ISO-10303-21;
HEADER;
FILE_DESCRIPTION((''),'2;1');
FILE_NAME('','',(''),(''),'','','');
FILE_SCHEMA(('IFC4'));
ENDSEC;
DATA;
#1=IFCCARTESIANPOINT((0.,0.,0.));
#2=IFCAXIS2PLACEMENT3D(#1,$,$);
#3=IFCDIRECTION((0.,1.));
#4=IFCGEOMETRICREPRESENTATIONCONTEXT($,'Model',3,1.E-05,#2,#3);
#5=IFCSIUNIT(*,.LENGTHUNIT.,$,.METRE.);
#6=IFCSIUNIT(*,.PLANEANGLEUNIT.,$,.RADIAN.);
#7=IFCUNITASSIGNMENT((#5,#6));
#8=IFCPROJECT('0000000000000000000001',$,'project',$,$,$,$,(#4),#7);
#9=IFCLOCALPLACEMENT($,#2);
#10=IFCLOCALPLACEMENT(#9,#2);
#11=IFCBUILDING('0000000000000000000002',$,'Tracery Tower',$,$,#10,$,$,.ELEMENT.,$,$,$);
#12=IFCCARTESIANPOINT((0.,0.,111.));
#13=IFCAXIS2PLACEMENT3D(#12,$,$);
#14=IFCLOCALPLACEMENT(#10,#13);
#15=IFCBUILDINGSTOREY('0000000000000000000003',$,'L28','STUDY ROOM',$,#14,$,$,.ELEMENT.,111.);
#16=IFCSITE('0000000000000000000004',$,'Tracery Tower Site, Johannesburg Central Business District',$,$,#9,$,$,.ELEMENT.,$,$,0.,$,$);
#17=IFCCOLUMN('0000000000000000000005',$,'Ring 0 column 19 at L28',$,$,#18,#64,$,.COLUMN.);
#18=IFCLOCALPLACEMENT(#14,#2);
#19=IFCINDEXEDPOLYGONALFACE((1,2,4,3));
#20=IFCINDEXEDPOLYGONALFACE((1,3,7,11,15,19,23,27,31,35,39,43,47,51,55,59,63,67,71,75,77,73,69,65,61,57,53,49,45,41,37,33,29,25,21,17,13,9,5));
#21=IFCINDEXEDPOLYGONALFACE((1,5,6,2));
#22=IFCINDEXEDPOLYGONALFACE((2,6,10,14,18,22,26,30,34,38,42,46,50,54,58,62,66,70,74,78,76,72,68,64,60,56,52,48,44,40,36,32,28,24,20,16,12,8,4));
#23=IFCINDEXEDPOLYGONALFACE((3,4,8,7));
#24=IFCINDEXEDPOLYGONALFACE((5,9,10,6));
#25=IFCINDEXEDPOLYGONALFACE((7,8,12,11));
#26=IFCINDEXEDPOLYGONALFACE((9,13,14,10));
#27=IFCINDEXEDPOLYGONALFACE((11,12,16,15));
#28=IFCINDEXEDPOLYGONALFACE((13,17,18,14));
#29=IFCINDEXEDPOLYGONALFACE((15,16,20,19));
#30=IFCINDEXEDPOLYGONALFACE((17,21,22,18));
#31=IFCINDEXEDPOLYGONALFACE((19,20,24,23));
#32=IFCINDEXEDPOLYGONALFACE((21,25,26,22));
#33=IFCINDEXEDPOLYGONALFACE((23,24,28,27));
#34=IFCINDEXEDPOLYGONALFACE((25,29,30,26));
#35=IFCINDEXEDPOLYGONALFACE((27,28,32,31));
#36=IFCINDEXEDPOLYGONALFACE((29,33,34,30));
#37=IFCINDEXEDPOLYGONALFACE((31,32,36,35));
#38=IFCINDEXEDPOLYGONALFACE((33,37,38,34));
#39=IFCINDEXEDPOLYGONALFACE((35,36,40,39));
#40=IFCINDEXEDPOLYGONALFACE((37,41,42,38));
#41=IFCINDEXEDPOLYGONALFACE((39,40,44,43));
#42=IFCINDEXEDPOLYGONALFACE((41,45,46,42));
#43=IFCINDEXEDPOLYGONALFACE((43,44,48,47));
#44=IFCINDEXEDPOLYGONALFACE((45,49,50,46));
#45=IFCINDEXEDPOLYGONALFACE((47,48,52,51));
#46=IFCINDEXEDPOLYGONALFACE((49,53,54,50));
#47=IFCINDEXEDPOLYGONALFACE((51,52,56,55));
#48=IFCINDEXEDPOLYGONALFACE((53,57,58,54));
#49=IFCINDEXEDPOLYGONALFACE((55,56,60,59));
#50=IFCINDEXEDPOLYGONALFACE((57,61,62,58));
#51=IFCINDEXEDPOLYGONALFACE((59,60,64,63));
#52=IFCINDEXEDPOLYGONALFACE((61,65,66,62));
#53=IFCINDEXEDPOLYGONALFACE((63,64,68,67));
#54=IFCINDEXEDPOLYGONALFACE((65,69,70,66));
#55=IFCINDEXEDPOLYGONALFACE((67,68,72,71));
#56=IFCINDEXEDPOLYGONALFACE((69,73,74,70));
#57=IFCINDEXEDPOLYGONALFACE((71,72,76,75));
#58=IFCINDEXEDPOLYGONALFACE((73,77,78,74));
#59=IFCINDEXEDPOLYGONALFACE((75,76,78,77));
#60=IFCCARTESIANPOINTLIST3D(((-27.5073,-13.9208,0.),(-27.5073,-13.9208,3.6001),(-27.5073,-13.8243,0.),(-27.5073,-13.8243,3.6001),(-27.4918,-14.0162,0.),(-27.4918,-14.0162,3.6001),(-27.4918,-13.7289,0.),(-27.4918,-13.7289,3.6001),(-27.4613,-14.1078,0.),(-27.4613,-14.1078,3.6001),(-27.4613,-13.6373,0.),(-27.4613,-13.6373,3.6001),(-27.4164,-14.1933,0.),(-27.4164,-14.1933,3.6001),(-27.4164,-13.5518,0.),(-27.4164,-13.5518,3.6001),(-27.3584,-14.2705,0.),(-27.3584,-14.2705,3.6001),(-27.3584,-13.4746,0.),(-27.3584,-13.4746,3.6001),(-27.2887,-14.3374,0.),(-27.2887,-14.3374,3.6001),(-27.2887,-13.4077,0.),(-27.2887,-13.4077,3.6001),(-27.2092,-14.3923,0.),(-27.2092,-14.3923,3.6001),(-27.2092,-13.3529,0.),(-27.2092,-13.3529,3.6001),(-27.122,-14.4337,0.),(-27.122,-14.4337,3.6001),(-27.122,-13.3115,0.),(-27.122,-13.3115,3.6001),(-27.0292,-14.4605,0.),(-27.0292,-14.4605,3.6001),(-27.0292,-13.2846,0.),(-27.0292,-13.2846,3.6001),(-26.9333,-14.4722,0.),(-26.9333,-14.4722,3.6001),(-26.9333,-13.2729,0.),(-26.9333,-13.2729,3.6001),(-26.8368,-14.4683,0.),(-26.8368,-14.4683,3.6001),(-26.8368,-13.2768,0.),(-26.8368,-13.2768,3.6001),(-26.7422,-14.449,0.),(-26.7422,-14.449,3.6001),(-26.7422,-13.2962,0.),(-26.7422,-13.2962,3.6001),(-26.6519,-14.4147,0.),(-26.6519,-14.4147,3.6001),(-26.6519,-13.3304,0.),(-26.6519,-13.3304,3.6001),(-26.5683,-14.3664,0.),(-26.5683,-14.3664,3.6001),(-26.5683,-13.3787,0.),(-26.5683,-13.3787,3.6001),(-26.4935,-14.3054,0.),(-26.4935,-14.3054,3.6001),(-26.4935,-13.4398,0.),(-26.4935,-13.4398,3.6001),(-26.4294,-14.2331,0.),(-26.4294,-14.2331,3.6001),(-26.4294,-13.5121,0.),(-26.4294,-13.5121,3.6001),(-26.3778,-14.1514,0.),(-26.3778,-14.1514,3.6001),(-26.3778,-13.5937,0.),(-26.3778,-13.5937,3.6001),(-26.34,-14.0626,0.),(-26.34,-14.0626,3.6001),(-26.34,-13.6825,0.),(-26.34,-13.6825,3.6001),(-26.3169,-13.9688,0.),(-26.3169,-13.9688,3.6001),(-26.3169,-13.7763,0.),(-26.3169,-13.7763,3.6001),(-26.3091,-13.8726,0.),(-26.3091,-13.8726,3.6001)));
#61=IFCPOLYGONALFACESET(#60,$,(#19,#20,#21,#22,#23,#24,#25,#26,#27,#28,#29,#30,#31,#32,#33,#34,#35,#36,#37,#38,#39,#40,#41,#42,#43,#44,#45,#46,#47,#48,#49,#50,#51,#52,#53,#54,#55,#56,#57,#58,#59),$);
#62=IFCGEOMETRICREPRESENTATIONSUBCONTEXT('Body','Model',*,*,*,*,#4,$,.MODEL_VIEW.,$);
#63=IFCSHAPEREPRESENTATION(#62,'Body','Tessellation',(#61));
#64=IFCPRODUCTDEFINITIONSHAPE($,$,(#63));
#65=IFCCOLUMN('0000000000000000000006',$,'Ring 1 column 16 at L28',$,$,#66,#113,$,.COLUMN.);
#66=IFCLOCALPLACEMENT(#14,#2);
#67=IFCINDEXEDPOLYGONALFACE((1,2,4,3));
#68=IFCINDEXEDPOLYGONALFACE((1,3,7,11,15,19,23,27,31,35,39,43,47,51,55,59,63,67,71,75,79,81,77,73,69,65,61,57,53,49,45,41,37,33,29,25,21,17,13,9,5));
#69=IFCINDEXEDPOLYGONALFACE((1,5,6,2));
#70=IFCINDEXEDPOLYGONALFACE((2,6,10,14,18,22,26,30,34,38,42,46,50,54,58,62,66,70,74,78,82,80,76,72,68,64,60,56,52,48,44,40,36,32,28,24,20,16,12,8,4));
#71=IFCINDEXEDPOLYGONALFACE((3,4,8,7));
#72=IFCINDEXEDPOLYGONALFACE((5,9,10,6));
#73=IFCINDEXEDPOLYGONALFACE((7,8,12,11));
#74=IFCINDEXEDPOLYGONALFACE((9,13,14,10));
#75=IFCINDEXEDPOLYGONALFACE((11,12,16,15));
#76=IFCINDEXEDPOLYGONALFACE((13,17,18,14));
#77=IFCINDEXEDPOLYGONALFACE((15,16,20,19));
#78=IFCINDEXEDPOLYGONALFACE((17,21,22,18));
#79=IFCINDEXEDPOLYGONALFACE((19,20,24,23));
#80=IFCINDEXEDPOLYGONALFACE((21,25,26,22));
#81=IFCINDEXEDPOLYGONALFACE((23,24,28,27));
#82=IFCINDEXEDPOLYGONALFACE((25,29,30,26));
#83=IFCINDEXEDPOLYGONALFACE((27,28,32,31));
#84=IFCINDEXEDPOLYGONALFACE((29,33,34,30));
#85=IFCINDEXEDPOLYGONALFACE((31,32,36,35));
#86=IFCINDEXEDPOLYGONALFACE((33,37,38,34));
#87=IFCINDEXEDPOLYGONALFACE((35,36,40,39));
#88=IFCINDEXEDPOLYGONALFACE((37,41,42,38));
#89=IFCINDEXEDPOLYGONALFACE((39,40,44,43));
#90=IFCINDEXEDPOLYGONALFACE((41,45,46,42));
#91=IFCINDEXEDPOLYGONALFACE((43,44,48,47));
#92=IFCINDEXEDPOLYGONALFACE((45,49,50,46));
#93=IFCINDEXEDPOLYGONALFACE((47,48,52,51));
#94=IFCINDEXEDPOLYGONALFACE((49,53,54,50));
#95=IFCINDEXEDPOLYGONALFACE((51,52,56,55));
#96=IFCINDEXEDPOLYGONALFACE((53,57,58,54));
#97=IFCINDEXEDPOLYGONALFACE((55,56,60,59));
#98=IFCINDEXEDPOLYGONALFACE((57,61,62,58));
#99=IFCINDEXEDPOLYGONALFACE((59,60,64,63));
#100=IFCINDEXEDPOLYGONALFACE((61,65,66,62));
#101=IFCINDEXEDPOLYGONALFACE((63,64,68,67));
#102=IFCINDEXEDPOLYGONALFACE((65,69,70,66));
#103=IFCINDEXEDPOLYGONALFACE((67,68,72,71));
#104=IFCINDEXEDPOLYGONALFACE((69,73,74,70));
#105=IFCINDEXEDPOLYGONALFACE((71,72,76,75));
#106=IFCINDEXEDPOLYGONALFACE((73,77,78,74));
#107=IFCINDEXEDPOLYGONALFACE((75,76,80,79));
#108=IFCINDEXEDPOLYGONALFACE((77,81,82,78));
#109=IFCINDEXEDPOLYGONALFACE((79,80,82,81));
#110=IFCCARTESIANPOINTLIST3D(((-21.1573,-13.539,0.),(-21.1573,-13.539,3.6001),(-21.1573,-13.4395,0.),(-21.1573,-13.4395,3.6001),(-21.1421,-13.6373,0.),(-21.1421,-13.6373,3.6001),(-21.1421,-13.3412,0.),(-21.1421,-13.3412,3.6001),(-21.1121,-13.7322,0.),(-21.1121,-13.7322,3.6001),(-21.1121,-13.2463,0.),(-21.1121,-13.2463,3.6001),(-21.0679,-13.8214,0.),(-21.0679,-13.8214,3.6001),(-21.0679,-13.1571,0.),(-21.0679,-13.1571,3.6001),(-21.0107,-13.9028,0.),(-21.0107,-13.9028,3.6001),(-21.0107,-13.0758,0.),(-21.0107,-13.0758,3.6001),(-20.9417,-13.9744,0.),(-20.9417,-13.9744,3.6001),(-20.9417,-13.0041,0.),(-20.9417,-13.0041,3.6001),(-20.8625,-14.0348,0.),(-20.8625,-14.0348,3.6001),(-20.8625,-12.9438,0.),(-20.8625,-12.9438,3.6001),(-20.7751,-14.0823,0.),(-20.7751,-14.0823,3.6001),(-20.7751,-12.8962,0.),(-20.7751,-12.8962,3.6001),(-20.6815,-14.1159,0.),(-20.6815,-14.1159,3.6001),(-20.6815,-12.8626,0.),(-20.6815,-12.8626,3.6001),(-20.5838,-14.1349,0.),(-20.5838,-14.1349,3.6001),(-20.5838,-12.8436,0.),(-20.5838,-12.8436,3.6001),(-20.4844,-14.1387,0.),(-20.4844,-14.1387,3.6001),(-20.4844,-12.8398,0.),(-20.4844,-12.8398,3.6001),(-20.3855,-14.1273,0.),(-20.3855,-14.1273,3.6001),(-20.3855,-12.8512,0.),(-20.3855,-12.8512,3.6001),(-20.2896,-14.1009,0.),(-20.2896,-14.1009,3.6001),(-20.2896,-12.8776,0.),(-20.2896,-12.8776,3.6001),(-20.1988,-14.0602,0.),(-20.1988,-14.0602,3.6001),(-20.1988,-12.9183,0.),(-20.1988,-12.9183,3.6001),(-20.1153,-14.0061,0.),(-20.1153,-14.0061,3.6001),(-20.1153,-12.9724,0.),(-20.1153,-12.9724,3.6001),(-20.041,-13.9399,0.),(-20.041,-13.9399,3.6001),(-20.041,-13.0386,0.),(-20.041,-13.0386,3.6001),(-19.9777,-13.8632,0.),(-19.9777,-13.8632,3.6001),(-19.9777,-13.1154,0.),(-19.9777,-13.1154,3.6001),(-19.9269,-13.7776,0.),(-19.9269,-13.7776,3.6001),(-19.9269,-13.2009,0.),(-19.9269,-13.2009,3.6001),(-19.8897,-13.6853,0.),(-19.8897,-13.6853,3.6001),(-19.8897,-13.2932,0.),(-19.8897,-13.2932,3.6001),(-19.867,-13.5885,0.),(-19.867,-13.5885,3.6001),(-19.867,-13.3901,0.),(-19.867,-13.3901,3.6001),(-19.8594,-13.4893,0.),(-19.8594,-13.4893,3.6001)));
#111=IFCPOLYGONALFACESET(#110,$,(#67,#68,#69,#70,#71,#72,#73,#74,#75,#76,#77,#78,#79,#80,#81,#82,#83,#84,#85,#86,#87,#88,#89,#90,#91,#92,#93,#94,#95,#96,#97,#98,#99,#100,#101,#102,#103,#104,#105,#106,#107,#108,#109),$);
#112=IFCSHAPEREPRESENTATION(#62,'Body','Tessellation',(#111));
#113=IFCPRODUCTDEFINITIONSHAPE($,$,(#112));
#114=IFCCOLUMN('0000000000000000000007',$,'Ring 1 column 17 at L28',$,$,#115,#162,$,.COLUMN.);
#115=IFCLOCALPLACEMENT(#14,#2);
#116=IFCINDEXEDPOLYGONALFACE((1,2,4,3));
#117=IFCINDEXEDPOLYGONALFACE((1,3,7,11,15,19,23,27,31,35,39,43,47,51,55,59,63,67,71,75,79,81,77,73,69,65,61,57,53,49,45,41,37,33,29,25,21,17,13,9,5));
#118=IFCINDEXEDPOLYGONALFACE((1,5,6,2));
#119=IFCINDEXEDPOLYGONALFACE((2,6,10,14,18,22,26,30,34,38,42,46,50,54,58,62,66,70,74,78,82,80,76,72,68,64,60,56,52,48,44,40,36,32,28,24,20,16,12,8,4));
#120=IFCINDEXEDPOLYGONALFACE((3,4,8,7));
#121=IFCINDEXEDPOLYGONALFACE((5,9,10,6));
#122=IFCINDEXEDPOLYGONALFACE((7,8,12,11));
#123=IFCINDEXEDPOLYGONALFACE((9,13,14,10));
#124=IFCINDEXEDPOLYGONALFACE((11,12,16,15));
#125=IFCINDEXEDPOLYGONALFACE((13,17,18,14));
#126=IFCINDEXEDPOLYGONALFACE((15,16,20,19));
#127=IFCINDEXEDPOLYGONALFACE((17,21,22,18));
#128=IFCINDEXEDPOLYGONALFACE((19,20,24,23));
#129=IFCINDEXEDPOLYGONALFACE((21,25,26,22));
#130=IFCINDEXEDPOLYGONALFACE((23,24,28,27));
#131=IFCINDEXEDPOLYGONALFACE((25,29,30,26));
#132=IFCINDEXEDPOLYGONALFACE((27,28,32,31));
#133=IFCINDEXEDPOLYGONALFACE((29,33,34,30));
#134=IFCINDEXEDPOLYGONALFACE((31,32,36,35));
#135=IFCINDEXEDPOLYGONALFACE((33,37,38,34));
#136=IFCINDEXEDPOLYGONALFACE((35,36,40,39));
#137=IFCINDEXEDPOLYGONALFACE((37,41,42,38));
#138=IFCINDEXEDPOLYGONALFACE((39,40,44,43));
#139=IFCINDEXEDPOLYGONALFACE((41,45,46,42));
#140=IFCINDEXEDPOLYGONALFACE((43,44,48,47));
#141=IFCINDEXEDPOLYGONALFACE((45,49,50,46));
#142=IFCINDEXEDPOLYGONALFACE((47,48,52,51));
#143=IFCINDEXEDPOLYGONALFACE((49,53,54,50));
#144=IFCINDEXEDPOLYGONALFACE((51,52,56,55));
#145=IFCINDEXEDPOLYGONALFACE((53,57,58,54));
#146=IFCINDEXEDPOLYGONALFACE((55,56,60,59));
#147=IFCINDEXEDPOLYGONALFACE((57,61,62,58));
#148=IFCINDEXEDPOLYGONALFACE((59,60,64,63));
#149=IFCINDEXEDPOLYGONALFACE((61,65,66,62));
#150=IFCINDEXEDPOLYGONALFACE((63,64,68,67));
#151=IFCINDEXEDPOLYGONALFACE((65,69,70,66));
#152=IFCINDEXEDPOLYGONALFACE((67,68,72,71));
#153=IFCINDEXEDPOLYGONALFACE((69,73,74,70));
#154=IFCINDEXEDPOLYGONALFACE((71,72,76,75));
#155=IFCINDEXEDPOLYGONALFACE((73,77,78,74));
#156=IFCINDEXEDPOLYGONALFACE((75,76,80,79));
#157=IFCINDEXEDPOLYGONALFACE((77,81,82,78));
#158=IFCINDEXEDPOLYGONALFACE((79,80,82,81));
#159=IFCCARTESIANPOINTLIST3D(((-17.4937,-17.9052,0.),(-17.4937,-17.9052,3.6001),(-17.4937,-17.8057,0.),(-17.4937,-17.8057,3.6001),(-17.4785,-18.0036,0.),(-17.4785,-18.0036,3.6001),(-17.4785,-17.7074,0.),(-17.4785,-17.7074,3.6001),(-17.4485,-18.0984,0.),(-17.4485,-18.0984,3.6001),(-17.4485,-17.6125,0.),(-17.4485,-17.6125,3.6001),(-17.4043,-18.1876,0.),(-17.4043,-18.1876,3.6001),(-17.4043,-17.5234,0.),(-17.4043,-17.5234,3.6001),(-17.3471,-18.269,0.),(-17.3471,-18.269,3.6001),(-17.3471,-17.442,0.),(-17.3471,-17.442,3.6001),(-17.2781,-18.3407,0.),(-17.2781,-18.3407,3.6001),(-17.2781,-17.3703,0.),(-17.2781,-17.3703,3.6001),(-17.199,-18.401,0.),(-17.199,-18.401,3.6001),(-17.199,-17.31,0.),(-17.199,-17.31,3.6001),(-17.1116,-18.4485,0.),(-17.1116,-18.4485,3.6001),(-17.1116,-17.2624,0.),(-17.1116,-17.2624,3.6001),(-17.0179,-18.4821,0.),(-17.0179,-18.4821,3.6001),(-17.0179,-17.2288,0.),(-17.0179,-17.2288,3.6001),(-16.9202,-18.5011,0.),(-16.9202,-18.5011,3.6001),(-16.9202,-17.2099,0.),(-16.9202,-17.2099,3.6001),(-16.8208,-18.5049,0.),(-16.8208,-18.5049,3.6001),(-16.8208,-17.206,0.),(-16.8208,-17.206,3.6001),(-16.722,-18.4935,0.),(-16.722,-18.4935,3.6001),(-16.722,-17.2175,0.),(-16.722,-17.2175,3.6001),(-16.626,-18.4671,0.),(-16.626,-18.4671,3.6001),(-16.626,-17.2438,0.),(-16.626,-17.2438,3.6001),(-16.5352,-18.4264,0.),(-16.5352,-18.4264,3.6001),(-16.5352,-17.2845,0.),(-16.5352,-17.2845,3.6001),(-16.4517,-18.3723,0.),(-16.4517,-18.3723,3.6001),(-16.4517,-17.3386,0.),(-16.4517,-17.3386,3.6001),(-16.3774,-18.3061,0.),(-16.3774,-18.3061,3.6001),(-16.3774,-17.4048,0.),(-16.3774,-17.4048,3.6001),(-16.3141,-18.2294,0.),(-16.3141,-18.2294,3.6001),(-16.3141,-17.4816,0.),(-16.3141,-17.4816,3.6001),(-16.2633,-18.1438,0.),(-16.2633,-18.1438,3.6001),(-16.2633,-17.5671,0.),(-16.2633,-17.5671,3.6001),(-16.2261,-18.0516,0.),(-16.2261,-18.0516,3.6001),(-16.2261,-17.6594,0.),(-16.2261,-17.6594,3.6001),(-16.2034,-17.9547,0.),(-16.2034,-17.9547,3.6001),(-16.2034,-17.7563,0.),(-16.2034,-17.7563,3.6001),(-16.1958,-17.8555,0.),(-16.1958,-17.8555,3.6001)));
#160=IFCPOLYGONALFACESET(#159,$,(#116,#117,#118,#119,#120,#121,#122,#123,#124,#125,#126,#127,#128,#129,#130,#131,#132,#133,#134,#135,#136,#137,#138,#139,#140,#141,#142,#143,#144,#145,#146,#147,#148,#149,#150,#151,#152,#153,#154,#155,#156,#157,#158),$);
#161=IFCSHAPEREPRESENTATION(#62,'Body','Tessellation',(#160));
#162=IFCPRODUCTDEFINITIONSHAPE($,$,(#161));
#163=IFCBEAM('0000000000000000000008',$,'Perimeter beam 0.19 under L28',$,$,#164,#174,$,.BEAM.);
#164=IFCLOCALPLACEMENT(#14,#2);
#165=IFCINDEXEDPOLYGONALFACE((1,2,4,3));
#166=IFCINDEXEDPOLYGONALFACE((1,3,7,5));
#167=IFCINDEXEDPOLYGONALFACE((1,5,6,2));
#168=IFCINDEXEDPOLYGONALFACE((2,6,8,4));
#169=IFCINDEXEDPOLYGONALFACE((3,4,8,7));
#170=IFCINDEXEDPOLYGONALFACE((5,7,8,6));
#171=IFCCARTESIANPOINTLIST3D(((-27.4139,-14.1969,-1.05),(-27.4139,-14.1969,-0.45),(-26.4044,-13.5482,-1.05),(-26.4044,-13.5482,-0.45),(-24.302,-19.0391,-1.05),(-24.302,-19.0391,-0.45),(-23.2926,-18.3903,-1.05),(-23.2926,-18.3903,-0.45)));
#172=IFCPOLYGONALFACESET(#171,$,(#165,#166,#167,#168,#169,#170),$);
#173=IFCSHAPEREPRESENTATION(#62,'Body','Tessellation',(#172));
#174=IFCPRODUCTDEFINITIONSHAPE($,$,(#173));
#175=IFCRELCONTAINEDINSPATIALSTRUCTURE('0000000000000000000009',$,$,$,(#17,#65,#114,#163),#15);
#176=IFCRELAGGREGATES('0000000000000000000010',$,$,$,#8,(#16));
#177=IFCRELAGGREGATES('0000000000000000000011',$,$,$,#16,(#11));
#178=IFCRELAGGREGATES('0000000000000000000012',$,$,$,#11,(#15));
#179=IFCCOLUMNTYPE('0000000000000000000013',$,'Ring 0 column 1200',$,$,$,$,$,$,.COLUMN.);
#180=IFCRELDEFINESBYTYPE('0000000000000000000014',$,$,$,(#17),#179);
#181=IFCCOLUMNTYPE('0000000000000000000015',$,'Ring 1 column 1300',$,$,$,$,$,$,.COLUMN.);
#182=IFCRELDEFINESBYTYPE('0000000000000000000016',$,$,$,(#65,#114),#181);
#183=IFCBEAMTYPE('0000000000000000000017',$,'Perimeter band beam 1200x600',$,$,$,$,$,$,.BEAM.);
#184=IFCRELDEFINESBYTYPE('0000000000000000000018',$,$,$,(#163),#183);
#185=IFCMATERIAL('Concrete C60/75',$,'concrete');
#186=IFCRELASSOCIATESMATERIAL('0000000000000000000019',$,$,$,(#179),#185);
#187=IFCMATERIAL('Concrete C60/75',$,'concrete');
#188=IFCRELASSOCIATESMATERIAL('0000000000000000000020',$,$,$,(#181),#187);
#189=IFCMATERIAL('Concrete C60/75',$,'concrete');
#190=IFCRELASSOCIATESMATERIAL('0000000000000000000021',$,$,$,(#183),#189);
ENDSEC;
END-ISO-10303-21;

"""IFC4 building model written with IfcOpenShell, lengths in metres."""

from ifc_helpers import new_model, si_unit, direction, frame, origin, origin_2d, place, context, subcontext, project, spatial, rectangle, circle, extrude, material, material_profile, profile_set, type_object, element, save


model = new_model("IFC4")

# Units and contexts
model_context = context("Model", 3, precision=1e-05, world=origin(), true_north=direction((0.0, 1.0)))
body_context = subcontext(model_context, "Body", "Model", "MODEL_VIEW")
ifc_project = project(units=[si_unit("LENGTHUNIT", "METRE"), si_unit("PLANEANGLEUNIT", "RADIAN")], contexts=[model_context])

# Site, building, storey
site_placement = place(None, origin())
site = spatial("IfcSite", under=ifc_project, at=site_placement, Name="Tracery Tower Site, Johannesburg Central Business District", CompositionType="ELEMENT", RefElevation=0.0)
building_placement = place(site_placement, origin())
building = spatial("IfcBuilding", under=site, at=building_placement, Name="Tracery Tower", CompositionType="ELEMENT")
storey_placement = place(building_placement, frame((0.0, 0.0, 111.0)))
storey = spatial("IfcBuildingStorey", under=building, at=storey_placement, Name="L28", Description="STUDY ROOM", CompositionType="ELEMENT", Elevation=111.0)

# Columns
ifc_material_1 = material(Name="Concrete C60/75", Category="concrete")
ifc_material_profile_1 = material_profile(ifc_material_1, circle(Radius=0.6001, at=origin_2d()), Name="RC D1200")
ifc_profile_set_1 = profile_set([ifc_material_profile_1], Name="Concrete C60/75")
column_type_1 = type_object("IfcColumnType", Name="Ring 0 column 1200", PredefinedType="COLUMN", material=ifc_profile_set_1)
column_placement = place(storey_placement, frame((-26.9092, -13.8726, 0.0), z_axis=(0.0, 0.0, 1.0), x_axis=(1.0, 0.0, 0.0)))
element("IfcColumn", 1, at=column_placement, inside=storey, type_object=column_type_1, Name="Ring 0 column 19 at L28", PredefinedType="COLUMN", context=body_context, shape_type="SweptSolid", body=[
    extrude(circle(Radius=0.6001, at=origin_2d()), origin(), (0.0, 0.0, 1.0), 3.6001),
])
ifc_material_2 = material(Name="Concrete C60/75", Category="concrete")
ifc_material_profile_2 = material_profile(ifc_material_2, circle(Radius=0.6499, at=origin_2d()), Name="RC D1300")
ifc_profile_set_2 = profile_set([ifc_material_profile_2], Name="Concrete C60/75")
column_type_2 = type_object("IfcColumnType", Name="Ring 1 column 1300", PredefinedType="COLUMN", material=ifc_profile_set_2)
for number, where, z_axis, x_axis, name in (
    (2, (-20.5093, -13.4893, 0.0), (0.0, 0.0, 1.0), (1.0, 0.0, 0.0), "Ring 1 column 16 at L28"),
    (3, (-16.8457, -17.8555, 0.0), (0.0, 0.0, 1.0), (1.0, 0.0, 0.0), "Ring 1 column 17 at L28"),
):
    element("IfcColumn", number, at=place(storey_placement, frame(where, z_axis=z_axis, x_axis=x_axis)), inside=storey, type_object=column_type_2, Name=name, PredefinedType="COLUMN", context=body_context, shape_type="SweptSolid", body=[
        extrude(circle(Radius=0.6499, at=origin_2d()), origin(), (0.0, 0.0, 1.0), 3.6001),
    ])

# Beam
ifc_material_3 = material(Name="Concrete C60/75", Category="concrete")
ifc_material_profile_3 = material_profile(ifc_material_3, rectangle(XDim=1.2, YDim=0.6001, at=origin_2d()), Name="RC 1200x600")
ifc_profile_set_3 = profile_set([ifc_material_profile_3], Name="Concrete C60/75")
beam_type = type_object("IfcBeamType", Name="Perimeter band beam 1200x600", PredefinedType="BEAM", material=ifc_profile_set_3)
beam_placement = place(storey_placement, frame((-26.9092, -13.8726, -0.75), z_axis=(0.540644, -0.841252, 0.0), x_axis=(0.841252, 0.540644, 0.0)))
element("IfcBeam", 4, at=beam_placement, inside=storey, type_object=beam_type, Name="Perimeter beam 0.19 under L28", PredefinedType="BEAM", context=body_context, shape_type="SweptSolid", body=[
    extrude(rectangle(XDim=1.2, YDim=0.6001, at=origin_2d()), origin(), (0.0, 0.0, 1.0), 5.7559),
])

save(model, "model.ifc")
